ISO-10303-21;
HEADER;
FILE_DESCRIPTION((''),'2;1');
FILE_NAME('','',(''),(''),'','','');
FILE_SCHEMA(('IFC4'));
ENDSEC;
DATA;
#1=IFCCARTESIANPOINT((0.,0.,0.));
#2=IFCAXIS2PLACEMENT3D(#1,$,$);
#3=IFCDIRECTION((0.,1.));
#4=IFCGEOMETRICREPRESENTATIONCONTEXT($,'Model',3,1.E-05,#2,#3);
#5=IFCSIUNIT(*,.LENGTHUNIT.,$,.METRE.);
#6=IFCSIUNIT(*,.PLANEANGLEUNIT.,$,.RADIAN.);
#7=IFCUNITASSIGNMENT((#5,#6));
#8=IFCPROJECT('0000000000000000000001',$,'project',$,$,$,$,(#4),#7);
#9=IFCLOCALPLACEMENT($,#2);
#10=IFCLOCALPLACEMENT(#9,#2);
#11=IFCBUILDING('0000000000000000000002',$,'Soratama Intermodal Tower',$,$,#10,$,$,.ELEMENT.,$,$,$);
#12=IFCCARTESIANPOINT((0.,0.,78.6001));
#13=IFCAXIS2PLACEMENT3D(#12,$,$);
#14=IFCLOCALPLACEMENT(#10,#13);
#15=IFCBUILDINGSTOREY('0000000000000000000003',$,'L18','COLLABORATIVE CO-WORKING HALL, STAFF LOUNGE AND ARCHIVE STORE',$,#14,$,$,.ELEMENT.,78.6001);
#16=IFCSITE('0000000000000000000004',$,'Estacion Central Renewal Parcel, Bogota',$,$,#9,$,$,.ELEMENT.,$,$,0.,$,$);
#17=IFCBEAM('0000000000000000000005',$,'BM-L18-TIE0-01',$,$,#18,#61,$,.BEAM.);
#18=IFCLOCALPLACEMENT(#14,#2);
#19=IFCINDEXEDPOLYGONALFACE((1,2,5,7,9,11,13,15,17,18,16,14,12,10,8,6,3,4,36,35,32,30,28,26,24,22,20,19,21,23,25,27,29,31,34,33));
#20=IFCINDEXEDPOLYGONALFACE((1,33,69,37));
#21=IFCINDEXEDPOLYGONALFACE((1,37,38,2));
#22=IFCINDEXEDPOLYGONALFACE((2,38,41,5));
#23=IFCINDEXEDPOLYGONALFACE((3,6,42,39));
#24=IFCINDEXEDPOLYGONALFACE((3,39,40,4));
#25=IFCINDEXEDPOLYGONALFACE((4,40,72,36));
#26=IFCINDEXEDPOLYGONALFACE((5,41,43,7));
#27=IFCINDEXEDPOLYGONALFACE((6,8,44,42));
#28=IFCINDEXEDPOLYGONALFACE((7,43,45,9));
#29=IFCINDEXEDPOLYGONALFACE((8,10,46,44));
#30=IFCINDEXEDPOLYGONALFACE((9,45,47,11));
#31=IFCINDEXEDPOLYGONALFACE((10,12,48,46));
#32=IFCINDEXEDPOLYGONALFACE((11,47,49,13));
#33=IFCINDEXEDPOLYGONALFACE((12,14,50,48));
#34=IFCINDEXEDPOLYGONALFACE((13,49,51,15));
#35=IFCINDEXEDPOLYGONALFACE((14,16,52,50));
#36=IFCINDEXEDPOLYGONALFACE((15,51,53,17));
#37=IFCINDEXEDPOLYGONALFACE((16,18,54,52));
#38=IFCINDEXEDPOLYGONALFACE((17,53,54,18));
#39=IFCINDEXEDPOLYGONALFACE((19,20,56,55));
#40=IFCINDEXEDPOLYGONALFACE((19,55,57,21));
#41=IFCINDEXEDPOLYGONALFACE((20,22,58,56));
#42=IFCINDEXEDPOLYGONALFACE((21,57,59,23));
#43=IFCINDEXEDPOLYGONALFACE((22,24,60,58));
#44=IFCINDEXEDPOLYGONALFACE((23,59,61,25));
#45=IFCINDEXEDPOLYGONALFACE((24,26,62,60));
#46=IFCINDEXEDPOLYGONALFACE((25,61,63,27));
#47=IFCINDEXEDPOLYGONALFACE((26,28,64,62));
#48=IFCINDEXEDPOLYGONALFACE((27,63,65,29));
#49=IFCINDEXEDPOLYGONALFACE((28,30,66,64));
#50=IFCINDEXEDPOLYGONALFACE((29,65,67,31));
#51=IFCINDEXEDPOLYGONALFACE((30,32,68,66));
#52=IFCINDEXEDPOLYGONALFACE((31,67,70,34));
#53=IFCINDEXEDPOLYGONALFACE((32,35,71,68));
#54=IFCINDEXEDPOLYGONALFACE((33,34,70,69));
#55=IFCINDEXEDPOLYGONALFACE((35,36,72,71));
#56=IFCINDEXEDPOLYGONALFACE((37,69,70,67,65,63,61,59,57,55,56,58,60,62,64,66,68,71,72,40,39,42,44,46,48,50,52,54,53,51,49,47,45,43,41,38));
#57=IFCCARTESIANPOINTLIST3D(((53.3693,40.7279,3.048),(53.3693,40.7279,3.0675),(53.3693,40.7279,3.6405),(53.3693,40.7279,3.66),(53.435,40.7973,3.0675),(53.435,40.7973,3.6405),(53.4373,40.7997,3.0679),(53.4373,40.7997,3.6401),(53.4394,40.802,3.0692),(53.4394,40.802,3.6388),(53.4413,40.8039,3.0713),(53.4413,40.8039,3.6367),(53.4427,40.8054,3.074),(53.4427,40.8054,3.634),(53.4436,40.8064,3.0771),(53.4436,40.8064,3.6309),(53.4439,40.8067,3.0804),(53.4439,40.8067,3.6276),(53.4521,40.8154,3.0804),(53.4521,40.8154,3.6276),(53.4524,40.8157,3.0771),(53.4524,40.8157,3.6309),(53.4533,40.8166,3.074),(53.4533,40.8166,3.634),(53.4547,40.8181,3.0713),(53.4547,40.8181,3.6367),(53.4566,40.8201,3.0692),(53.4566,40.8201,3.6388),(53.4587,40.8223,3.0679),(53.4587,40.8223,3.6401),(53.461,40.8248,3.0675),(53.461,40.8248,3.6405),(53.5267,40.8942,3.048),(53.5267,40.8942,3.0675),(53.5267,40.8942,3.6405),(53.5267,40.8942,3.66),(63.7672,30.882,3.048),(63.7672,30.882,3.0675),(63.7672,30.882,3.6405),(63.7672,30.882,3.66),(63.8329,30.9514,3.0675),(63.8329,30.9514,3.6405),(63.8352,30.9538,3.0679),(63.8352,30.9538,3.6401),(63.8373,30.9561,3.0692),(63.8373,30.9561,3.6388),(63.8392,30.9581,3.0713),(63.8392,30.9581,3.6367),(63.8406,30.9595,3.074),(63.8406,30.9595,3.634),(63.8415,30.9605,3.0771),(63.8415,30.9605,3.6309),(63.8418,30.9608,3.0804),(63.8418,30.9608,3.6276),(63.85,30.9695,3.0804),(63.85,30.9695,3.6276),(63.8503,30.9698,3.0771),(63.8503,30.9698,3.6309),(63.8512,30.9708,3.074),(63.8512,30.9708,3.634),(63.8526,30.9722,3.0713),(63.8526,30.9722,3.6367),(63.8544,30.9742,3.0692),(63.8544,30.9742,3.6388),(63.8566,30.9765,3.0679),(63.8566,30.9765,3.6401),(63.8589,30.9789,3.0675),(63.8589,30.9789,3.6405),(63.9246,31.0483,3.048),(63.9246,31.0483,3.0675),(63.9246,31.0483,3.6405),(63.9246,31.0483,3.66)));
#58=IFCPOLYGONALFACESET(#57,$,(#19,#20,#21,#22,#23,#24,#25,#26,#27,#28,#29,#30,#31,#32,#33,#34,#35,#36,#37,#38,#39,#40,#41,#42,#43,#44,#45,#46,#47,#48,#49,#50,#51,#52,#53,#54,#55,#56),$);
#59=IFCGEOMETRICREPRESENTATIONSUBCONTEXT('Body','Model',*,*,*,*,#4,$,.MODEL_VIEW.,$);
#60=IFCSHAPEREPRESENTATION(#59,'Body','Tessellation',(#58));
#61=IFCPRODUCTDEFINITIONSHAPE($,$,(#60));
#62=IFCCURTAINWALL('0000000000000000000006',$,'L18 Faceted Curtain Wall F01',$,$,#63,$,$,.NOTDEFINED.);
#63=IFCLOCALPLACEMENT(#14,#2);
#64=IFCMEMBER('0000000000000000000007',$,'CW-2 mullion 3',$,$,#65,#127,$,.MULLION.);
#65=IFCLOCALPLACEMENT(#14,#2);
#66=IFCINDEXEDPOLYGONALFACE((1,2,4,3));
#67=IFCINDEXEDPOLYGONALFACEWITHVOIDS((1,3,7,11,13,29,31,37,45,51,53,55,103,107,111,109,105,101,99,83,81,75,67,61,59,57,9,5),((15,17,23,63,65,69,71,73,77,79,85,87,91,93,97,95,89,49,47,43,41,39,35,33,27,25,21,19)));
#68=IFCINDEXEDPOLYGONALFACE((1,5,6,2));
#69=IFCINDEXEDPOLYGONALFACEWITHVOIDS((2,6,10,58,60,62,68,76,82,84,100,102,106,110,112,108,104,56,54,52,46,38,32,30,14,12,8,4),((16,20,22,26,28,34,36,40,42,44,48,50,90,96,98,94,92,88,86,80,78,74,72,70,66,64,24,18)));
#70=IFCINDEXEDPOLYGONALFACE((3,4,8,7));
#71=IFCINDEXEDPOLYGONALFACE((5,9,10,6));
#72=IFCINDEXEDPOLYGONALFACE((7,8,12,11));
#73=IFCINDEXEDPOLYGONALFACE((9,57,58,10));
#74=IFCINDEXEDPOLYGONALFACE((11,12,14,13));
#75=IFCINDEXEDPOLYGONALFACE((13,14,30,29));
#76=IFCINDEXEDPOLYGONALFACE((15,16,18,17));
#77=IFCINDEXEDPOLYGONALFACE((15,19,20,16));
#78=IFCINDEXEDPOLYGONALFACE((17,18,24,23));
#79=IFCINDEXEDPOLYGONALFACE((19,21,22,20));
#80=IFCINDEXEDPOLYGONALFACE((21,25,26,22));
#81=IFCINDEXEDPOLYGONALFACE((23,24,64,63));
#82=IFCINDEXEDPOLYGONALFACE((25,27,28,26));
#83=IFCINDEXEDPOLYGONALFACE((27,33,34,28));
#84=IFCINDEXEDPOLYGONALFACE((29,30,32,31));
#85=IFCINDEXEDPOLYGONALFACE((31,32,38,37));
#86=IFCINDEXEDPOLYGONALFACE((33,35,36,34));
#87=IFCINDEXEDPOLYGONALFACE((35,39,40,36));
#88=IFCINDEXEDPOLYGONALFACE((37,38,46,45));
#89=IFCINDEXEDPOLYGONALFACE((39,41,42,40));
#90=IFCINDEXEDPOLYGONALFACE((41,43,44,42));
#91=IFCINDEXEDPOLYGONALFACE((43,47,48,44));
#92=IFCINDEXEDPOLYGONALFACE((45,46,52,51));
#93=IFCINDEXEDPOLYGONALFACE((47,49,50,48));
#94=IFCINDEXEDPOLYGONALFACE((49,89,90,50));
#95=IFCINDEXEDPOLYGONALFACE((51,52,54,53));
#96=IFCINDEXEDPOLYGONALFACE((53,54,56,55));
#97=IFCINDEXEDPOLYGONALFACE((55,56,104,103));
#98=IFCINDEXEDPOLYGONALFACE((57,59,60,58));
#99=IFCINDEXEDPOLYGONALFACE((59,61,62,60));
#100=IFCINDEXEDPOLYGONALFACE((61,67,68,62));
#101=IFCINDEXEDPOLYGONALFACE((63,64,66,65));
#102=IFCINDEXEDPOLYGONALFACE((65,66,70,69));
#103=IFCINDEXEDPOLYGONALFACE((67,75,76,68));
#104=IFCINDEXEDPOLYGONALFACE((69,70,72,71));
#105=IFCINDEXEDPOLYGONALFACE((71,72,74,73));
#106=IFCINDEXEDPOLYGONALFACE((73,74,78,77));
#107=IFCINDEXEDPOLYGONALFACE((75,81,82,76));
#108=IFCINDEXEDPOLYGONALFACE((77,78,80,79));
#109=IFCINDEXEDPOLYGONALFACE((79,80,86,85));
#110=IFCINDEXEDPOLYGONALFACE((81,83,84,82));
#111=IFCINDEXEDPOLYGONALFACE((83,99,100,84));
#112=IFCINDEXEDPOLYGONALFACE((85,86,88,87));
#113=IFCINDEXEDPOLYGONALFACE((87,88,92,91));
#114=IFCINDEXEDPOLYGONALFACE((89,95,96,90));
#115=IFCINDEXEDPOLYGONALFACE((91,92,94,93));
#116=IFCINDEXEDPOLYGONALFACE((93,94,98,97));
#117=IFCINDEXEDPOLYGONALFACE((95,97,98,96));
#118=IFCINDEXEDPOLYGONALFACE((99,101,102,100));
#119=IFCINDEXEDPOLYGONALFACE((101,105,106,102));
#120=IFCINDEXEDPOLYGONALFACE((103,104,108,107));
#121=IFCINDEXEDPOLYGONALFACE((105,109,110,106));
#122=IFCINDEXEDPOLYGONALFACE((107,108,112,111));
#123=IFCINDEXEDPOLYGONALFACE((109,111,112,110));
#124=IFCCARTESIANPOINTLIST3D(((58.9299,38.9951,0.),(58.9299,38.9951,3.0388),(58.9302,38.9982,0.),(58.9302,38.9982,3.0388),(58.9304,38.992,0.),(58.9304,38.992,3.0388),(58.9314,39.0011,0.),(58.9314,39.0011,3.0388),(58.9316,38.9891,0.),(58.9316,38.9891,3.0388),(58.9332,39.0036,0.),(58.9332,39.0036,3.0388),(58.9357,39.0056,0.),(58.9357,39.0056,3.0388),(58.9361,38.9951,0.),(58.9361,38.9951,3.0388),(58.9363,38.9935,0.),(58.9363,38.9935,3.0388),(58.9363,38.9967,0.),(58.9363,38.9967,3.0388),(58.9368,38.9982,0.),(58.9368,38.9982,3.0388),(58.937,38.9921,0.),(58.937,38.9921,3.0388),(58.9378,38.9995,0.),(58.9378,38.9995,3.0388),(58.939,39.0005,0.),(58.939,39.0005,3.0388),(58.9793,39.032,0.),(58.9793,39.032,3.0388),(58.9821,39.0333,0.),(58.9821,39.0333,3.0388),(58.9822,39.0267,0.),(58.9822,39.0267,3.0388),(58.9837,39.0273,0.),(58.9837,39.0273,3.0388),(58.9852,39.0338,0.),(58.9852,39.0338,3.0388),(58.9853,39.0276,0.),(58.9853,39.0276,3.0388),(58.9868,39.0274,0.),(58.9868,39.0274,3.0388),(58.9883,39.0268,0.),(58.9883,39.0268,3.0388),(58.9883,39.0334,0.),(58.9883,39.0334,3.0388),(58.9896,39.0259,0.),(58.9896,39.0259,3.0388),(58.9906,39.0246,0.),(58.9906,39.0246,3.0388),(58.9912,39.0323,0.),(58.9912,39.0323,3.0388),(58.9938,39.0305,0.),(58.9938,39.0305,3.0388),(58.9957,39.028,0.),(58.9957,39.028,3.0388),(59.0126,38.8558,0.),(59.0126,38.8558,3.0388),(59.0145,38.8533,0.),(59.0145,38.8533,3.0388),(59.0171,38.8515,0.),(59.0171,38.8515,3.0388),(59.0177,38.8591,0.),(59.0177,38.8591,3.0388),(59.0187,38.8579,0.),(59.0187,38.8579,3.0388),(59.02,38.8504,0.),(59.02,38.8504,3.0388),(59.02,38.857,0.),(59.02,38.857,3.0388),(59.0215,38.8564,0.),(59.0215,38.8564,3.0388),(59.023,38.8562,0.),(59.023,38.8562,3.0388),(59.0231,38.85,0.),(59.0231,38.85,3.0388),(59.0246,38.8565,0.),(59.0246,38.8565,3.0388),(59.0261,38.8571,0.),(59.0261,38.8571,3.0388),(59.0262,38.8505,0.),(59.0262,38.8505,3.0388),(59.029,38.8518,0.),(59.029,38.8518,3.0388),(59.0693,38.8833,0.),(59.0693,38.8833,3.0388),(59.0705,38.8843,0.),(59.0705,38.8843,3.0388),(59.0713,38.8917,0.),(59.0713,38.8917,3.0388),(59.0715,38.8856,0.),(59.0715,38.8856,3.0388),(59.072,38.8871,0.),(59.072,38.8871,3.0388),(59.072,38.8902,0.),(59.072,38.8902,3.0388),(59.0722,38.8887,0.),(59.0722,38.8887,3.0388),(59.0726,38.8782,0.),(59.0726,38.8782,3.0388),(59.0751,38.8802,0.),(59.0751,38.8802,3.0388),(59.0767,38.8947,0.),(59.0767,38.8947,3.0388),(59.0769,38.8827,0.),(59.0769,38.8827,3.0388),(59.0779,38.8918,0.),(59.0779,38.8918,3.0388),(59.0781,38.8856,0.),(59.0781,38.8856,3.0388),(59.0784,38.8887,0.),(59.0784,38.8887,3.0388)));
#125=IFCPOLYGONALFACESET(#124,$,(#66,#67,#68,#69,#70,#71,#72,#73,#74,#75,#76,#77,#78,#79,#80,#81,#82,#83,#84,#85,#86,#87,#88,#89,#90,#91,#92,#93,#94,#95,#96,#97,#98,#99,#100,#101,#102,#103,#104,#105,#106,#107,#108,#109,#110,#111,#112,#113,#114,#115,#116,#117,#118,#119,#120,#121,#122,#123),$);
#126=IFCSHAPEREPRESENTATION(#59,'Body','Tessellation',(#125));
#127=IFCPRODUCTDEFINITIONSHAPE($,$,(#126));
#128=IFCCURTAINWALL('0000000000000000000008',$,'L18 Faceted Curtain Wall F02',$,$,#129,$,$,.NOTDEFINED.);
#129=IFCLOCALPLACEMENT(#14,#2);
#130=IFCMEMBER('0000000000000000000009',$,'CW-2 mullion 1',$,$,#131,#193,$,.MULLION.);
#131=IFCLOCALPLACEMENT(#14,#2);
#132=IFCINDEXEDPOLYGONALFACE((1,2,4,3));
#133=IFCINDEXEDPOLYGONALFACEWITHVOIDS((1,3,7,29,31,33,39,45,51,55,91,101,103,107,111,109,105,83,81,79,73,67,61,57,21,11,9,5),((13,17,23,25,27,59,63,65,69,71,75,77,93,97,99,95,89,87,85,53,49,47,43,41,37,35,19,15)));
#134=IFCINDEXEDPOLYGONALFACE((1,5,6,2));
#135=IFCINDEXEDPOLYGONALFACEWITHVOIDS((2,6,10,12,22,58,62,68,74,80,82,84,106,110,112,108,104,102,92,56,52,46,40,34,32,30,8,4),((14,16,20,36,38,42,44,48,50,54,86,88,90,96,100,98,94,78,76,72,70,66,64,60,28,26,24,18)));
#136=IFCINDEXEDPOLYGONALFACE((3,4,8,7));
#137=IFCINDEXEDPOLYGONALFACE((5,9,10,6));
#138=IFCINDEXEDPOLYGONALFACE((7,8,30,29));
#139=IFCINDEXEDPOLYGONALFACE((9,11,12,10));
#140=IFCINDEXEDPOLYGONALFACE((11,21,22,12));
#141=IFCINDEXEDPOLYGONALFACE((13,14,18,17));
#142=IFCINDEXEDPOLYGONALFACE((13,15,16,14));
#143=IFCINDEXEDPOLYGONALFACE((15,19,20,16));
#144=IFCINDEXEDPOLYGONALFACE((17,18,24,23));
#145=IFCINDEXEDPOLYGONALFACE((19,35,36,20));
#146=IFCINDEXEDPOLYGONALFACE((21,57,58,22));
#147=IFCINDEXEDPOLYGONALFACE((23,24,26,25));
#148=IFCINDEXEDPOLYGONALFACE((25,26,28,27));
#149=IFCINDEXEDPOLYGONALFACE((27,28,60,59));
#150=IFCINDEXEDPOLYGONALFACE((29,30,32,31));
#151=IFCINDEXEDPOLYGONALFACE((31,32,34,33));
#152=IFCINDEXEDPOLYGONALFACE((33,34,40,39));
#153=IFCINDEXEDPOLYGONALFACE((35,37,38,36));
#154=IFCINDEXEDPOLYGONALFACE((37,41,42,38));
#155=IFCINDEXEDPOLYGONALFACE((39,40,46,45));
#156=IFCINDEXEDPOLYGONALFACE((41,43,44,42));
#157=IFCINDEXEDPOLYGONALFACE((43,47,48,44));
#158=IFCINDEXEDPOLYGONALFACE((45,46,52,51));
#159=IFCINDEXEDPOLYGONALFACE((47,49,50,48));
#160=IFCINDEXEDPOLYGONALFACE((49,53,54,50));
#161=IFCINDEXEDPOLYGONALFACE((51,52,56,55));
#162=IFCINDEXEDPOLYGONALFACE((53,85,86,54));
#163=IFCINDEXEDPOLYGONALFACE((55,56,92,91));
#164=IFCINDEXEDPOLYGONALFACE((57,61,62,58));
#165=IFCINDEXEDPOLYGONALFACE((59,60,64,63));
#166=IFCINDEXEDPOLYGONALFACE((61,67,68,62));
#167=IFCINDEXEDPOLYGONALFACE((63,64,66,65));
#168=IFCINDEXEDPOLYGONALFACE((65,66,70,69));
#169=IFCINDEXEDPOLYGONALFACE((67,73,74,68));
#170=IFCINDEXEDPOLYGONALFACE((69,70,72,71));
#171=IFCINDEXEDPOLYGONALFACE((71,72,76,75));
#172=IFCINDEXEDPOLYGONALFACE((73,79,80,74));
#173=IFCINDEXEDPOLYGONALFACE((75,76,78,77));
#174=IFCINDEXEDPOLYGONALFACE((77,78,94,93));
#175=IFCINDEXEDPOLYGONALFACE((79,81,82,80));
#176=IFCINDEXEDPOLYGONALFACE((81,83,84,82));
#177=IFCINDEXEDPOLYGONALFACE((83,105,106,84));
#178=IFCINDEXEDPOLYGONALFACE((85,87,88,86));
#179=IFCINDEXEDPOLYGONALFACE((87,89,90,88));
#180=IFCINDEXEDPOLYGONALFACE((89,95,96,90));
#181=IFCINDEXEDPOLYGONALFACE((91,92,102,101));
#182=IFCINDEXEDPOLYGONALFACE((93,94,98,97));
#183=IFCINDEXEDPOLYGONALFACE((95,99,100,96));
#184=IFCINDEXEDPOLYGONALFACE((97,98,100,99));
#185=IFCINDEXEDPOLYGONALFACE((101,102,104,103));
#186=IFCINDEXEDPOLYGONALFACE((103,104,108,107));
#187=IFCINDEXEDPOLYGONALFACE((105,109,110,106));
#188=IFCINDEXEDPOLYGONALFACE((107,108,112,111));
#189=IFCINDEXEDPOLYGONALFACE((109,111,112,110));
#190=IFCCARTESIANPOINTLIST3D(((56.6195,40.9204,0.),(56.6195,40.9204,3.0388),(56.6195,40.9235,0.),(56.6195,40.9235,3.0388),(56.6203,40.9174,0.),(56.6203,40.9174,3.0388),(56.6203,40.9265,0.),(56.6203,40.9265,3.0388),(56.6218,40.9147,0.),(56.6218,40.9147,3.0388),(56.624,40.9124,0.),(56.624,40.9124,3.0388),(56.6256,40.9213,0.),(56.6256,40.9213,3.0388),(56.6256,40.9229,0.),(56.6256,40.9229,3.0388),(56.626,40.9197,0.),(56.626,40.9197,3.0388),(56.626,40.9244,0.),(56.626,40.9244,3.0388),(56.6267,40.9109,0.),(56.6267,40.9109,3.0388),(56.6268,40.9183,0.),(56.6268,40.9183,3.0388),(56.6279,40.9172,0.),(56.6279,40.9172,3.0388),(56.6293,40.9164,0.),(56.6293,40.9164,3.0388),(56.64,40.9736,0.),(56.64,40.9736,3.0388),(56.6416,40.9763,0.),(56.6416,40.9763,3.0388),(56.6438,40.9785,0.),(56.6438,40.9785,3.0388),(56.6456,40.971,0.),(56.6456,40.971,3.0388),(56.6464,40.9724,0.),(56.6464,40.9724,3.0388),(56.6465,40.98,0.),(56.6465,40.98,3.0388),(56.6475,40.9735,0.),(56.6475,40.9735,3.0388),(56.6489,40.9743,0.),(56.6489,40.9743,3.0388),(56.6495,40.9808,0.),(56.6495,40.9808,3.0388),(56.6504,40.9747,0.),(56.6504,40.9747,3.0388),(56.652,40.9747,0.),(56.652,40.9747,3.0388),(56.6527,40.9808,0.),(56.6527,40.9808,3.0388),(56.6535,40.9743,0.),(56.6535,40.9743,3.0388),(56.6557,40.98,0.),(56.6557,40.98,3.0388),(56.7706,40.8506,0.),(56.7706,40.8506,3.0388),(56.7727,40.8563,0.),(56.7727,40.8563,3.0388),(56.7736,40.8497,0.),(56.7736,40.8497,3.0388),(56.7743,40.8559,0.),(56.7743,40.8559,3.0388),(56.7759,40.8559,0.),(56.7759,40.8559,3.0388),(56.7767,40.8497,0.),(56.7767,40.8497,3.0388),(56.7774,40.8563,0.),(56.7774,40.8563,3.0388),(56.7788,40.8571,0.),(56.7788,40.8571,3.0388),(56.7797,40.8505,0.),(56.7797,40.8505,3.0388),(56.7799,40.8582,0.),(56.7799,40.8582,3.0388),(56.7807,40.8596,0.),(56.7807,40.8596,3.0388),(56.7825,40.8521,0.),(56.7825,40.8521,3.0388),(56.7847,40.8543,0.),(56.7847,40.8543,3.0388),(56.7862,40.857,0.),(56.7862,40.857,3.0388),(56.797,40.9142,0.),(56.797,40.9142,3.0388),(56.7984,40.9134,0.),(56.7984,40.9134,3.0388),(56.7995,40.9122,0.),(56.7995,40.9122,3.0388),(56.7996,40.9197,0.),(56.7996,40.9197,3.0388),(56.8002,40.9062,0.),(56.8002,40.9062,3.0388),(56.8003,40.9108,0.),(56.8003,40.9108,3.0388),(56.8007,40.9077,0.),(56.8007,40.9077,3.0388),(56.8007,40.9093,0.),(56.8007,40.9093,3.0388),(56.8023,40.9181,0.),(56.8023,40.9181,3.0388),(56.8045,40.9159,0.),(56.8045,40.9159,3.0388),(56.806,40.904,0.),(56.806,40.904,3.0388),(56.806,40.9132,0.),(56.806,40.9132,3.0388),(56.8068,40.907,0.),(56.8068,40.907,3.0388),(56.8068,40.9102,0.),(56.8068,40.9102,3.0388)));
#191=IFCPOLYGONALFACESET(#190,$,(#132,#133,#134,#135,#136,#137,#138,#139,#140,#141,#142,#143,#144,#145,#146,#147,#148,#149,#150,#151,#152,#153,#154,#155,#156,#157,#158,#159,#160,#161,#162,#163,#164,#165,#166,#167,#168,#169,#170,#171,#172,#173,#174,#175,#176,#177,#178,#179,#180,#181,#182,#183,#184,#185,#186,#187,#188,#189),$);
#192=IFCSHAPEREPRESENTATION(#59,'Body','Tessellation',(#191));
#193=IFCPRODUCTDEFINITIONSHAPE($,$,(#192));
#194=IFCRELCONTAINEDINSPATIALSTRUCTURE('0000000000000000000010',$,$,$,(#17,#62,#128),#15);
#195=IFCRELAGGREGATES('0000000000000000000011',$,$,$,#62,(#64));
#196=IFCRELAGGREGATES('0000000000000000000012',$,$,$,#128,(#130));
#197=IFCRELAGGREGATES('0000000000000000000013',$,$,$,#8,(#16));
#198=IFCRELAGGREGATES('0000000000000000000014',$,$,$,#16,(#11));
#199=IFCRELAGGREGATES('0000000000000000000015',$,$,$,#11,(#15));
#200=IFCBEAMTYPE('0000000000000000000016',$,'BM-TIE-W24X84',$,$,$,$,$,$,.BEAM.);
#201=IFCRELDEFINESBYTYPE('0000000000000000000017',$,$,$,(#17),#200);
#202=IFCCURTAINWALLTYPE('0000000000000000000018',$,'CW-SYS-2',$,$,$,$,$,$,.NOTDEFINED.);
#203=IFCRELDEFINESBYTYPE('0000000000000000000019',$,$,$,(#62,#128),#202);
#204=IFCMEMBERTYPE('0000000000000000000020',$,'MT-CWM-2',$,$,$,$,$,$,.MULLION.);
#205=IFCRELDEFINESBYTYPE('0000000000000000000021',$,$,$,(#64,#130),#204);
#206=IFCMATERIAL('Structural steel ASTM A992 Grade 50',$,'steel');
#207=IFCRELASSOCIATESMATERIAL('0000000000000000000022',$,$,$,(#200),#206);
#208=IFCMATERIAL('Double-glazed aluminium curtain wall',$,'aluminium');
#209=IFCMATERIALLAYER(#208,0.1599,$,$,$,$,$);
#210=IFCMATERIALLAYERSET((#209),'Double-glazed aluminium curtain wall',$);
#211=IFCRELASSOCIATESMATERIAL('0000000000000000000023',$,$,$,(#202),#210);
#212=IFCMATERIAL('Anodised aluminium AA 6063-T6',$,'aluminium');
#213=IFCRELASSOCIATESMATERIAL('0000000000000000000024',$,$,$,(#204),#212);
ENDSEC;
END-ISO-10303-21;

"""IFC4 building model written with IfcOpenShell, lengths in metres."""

from ifc_helpers import new_model, si_unit, direction, frame, origin, origin_2d, place, context, subcontext, project, spatial, hollow_rectangle, i_section, extrude, material, layer, layer_set, material_profile, profile_set, type_object, element, aggregate, save


model = new_model("IFC4")

# Units and contexts
model_context = context("Model", 3, precision=1e-05, world=origin(), true_north=direction((0.0, 1.0)))
body_context = subcontext(model_context, "Body", "Model", "MODEL_VIEW")
ifc_project = project(units=[si_unit("LENGTHUNIT", "METRE"), si_unit("PLANEANGLEUNIT", "RADIAN")], contexts=[model_context])

# Site, building, storey
site_placement = place(None, origin())
site = spatial("IfcSite", under=ifc_project, at=site_placement, Name="Estacion Central Renewal Parcel, Bogota", CompositionType="ELEMENT", RefElevation=0.0)
building_placement = place(site_placement, origin())
building = spatial("IfcBuilding", under=site, at=building_placement, Name="Soratama Intermodal Tower", CompositionType="ELEMENT")
storey_placement = place(building_placement, frame((0.0, 0.0, 78.6001)))
storey = spatial("IfcBuildingStorey", under=building, at=storey_placement, Name="L18", Description="COLLABORATIVE CO-WORKING HALL, STAFF LOUNGE AND ARCHIVE STORE", CompositionType="ELEMENT", Elevation=78.6001)

# Beam
ifc_material_1 = material(Name="Structural steel ASTM A992 Grade 50", Category="steel")
ifc_material_profile_1 = material_profile(ifc_material_1, i_section(OverallWidth=0.229, OverallDepth=0.6121, WebThickness=0.012, FlangeThickness=0.0195, FilletRadius=0.0129, at=origin_2d()), Name="W24X84")
ifc_profile_set_1 = profile_set([ifc_material_profile_1], Name="Structural steel ASTM A992 Grade 50")
beam_type_1 = type_object("IfcBeamType", Name="BM-TIE-W24X84", PredefinedType="BEAM", material=ifc_profile_set_1)
beam_1_placement = place(storey_placement, frame((53.448, 40.811, 3.354), z_axis=(0.726118, -0.68757, 0.0), x_axis=(0.68757, 0.726118, 0.0)))
element("IfcBeam", 1, at=beam_1_placement, inside=storey, type_object=beam_type_1, Name="BM-L18-TIE0-01", PredefinedType="BEAM", context=body_context, shape_type="SweptSolid", body=[
    extrude(i_section(OverallWidth=0.229, OverallDepth=0.6121, WebThickness=0.012, FlangeThickness=0.0195, FilletRadius=0.0129, at=origin_2d()), origin(), (0.0, 0.0, 1.0), 14.3198),
])

# Curtain wall, member
ifc_material_2 = material(Name="Double-glazed aluminium curtain wall", Category="aluminium")
ifc_layer_1 = layer(ifc_material_2, 0.1599)
ifc_layer_set_1 = layer_set([ifc_layer_1], Name="Double-glazed aluminium curtain wall")
curtain_wall_type = type_object("IfcCurtainWallType", Name="CW-SYS-2", PredefinedType="NOTDEFINED", material=ifc_layer_set_1)
curtain_wall_1_placement = place(storey_placement, origin())
curtain_wall_1 = element("IfcCurtainWall", 2, at=curtain_wall_1_placement, inside=storey, type_object=curtain_wall_type, Name="L18 Faceted Curtain Wall F01", PredefinedType="NOTDEFINED")
ifc_material_3 = material(Name="Anodised aluminium AA 6063-T6", Category="aluminium")
ifc_material_profile_2 = material_profile(ifc_material_3, hollow_rectangle(XDim=0.075, YDim=0.1799, WallThickness=0.0061, InnerFilletRadius=0.0061, OuterFilletRadius=0.012, at=origin_2d()), Name="CWM180X75X6")
ifc_profile_set_2 = profile_set([ifc_material_profile_2], Name="Anodised aluminium AA 6063-T6")
member_type_1 = type_object("IfcMemberType", Name="MT-CWM-2", PredefinedType="MULLION", material=ifc_profile_set_2)
member_1_placement = place(storey_placement, frame((59.0042, 38.9419, 0.0), z_axis=(0.0, 0.0, 1.0), x_axis=(-0.854821, -0.518923, 0.0)))
member_1 = element("IfcMember", 3, at=member_1_placement, type_object=member_type_1, Name="CW-2 mullion 3", PredefinedType="MULLION", context=body_context, shape_type="SweptSolid", body=[
    extrude(hollow_rectangle(XDim=0.075, YDim=0.1799, WallThickness=0.0061, InnerFilletRadius=0.0061, OuterFilletRadius=0.012, at=origin_2d()), origin(), (0.0, 0.0, 1.0), 3.0388),
])

# Curtain wall, member
curtain_wall_2_placement = place(storey_placement, origin())
curtain_wall_2 = element("IfcCurtainWall", 4, at=curtain_wall_2_placement, inside=storey, type_object=curtain_wall_type, Name="L18 Faceted Curtain Wall F02", PredefinedType="NOTDEFINED")
member_2_placement = place(storey_placement, frame((56.7131, 40.9153, 0.0), z_axis=(0.0, 0.0, 1.0), x_axis=(-0.386552, -0.922268, 0.0)))
member_2 = element("IfcMember", 5, at=member_2_placement, type_object=member_type_1, Name="CW-2 mullion 1", PredefinedType="MULLION", context=body_context, shape_type="SweptSolid", body=[
    extrude(hollow_rectangle(XDim=0.075, YDim=0.1799, WallThickness=0.0061, InnerFilletRadius=0.0061, OuterFilletRadius=0.012, at=origin_2d()), origin(), (0.0, 0.0, 1.0), 3.0388),
])

aggregate(curtain_wall_1, [member_1])
aggregate(curtain_wall_2, [member_2])

save(model, "model.ifc")
